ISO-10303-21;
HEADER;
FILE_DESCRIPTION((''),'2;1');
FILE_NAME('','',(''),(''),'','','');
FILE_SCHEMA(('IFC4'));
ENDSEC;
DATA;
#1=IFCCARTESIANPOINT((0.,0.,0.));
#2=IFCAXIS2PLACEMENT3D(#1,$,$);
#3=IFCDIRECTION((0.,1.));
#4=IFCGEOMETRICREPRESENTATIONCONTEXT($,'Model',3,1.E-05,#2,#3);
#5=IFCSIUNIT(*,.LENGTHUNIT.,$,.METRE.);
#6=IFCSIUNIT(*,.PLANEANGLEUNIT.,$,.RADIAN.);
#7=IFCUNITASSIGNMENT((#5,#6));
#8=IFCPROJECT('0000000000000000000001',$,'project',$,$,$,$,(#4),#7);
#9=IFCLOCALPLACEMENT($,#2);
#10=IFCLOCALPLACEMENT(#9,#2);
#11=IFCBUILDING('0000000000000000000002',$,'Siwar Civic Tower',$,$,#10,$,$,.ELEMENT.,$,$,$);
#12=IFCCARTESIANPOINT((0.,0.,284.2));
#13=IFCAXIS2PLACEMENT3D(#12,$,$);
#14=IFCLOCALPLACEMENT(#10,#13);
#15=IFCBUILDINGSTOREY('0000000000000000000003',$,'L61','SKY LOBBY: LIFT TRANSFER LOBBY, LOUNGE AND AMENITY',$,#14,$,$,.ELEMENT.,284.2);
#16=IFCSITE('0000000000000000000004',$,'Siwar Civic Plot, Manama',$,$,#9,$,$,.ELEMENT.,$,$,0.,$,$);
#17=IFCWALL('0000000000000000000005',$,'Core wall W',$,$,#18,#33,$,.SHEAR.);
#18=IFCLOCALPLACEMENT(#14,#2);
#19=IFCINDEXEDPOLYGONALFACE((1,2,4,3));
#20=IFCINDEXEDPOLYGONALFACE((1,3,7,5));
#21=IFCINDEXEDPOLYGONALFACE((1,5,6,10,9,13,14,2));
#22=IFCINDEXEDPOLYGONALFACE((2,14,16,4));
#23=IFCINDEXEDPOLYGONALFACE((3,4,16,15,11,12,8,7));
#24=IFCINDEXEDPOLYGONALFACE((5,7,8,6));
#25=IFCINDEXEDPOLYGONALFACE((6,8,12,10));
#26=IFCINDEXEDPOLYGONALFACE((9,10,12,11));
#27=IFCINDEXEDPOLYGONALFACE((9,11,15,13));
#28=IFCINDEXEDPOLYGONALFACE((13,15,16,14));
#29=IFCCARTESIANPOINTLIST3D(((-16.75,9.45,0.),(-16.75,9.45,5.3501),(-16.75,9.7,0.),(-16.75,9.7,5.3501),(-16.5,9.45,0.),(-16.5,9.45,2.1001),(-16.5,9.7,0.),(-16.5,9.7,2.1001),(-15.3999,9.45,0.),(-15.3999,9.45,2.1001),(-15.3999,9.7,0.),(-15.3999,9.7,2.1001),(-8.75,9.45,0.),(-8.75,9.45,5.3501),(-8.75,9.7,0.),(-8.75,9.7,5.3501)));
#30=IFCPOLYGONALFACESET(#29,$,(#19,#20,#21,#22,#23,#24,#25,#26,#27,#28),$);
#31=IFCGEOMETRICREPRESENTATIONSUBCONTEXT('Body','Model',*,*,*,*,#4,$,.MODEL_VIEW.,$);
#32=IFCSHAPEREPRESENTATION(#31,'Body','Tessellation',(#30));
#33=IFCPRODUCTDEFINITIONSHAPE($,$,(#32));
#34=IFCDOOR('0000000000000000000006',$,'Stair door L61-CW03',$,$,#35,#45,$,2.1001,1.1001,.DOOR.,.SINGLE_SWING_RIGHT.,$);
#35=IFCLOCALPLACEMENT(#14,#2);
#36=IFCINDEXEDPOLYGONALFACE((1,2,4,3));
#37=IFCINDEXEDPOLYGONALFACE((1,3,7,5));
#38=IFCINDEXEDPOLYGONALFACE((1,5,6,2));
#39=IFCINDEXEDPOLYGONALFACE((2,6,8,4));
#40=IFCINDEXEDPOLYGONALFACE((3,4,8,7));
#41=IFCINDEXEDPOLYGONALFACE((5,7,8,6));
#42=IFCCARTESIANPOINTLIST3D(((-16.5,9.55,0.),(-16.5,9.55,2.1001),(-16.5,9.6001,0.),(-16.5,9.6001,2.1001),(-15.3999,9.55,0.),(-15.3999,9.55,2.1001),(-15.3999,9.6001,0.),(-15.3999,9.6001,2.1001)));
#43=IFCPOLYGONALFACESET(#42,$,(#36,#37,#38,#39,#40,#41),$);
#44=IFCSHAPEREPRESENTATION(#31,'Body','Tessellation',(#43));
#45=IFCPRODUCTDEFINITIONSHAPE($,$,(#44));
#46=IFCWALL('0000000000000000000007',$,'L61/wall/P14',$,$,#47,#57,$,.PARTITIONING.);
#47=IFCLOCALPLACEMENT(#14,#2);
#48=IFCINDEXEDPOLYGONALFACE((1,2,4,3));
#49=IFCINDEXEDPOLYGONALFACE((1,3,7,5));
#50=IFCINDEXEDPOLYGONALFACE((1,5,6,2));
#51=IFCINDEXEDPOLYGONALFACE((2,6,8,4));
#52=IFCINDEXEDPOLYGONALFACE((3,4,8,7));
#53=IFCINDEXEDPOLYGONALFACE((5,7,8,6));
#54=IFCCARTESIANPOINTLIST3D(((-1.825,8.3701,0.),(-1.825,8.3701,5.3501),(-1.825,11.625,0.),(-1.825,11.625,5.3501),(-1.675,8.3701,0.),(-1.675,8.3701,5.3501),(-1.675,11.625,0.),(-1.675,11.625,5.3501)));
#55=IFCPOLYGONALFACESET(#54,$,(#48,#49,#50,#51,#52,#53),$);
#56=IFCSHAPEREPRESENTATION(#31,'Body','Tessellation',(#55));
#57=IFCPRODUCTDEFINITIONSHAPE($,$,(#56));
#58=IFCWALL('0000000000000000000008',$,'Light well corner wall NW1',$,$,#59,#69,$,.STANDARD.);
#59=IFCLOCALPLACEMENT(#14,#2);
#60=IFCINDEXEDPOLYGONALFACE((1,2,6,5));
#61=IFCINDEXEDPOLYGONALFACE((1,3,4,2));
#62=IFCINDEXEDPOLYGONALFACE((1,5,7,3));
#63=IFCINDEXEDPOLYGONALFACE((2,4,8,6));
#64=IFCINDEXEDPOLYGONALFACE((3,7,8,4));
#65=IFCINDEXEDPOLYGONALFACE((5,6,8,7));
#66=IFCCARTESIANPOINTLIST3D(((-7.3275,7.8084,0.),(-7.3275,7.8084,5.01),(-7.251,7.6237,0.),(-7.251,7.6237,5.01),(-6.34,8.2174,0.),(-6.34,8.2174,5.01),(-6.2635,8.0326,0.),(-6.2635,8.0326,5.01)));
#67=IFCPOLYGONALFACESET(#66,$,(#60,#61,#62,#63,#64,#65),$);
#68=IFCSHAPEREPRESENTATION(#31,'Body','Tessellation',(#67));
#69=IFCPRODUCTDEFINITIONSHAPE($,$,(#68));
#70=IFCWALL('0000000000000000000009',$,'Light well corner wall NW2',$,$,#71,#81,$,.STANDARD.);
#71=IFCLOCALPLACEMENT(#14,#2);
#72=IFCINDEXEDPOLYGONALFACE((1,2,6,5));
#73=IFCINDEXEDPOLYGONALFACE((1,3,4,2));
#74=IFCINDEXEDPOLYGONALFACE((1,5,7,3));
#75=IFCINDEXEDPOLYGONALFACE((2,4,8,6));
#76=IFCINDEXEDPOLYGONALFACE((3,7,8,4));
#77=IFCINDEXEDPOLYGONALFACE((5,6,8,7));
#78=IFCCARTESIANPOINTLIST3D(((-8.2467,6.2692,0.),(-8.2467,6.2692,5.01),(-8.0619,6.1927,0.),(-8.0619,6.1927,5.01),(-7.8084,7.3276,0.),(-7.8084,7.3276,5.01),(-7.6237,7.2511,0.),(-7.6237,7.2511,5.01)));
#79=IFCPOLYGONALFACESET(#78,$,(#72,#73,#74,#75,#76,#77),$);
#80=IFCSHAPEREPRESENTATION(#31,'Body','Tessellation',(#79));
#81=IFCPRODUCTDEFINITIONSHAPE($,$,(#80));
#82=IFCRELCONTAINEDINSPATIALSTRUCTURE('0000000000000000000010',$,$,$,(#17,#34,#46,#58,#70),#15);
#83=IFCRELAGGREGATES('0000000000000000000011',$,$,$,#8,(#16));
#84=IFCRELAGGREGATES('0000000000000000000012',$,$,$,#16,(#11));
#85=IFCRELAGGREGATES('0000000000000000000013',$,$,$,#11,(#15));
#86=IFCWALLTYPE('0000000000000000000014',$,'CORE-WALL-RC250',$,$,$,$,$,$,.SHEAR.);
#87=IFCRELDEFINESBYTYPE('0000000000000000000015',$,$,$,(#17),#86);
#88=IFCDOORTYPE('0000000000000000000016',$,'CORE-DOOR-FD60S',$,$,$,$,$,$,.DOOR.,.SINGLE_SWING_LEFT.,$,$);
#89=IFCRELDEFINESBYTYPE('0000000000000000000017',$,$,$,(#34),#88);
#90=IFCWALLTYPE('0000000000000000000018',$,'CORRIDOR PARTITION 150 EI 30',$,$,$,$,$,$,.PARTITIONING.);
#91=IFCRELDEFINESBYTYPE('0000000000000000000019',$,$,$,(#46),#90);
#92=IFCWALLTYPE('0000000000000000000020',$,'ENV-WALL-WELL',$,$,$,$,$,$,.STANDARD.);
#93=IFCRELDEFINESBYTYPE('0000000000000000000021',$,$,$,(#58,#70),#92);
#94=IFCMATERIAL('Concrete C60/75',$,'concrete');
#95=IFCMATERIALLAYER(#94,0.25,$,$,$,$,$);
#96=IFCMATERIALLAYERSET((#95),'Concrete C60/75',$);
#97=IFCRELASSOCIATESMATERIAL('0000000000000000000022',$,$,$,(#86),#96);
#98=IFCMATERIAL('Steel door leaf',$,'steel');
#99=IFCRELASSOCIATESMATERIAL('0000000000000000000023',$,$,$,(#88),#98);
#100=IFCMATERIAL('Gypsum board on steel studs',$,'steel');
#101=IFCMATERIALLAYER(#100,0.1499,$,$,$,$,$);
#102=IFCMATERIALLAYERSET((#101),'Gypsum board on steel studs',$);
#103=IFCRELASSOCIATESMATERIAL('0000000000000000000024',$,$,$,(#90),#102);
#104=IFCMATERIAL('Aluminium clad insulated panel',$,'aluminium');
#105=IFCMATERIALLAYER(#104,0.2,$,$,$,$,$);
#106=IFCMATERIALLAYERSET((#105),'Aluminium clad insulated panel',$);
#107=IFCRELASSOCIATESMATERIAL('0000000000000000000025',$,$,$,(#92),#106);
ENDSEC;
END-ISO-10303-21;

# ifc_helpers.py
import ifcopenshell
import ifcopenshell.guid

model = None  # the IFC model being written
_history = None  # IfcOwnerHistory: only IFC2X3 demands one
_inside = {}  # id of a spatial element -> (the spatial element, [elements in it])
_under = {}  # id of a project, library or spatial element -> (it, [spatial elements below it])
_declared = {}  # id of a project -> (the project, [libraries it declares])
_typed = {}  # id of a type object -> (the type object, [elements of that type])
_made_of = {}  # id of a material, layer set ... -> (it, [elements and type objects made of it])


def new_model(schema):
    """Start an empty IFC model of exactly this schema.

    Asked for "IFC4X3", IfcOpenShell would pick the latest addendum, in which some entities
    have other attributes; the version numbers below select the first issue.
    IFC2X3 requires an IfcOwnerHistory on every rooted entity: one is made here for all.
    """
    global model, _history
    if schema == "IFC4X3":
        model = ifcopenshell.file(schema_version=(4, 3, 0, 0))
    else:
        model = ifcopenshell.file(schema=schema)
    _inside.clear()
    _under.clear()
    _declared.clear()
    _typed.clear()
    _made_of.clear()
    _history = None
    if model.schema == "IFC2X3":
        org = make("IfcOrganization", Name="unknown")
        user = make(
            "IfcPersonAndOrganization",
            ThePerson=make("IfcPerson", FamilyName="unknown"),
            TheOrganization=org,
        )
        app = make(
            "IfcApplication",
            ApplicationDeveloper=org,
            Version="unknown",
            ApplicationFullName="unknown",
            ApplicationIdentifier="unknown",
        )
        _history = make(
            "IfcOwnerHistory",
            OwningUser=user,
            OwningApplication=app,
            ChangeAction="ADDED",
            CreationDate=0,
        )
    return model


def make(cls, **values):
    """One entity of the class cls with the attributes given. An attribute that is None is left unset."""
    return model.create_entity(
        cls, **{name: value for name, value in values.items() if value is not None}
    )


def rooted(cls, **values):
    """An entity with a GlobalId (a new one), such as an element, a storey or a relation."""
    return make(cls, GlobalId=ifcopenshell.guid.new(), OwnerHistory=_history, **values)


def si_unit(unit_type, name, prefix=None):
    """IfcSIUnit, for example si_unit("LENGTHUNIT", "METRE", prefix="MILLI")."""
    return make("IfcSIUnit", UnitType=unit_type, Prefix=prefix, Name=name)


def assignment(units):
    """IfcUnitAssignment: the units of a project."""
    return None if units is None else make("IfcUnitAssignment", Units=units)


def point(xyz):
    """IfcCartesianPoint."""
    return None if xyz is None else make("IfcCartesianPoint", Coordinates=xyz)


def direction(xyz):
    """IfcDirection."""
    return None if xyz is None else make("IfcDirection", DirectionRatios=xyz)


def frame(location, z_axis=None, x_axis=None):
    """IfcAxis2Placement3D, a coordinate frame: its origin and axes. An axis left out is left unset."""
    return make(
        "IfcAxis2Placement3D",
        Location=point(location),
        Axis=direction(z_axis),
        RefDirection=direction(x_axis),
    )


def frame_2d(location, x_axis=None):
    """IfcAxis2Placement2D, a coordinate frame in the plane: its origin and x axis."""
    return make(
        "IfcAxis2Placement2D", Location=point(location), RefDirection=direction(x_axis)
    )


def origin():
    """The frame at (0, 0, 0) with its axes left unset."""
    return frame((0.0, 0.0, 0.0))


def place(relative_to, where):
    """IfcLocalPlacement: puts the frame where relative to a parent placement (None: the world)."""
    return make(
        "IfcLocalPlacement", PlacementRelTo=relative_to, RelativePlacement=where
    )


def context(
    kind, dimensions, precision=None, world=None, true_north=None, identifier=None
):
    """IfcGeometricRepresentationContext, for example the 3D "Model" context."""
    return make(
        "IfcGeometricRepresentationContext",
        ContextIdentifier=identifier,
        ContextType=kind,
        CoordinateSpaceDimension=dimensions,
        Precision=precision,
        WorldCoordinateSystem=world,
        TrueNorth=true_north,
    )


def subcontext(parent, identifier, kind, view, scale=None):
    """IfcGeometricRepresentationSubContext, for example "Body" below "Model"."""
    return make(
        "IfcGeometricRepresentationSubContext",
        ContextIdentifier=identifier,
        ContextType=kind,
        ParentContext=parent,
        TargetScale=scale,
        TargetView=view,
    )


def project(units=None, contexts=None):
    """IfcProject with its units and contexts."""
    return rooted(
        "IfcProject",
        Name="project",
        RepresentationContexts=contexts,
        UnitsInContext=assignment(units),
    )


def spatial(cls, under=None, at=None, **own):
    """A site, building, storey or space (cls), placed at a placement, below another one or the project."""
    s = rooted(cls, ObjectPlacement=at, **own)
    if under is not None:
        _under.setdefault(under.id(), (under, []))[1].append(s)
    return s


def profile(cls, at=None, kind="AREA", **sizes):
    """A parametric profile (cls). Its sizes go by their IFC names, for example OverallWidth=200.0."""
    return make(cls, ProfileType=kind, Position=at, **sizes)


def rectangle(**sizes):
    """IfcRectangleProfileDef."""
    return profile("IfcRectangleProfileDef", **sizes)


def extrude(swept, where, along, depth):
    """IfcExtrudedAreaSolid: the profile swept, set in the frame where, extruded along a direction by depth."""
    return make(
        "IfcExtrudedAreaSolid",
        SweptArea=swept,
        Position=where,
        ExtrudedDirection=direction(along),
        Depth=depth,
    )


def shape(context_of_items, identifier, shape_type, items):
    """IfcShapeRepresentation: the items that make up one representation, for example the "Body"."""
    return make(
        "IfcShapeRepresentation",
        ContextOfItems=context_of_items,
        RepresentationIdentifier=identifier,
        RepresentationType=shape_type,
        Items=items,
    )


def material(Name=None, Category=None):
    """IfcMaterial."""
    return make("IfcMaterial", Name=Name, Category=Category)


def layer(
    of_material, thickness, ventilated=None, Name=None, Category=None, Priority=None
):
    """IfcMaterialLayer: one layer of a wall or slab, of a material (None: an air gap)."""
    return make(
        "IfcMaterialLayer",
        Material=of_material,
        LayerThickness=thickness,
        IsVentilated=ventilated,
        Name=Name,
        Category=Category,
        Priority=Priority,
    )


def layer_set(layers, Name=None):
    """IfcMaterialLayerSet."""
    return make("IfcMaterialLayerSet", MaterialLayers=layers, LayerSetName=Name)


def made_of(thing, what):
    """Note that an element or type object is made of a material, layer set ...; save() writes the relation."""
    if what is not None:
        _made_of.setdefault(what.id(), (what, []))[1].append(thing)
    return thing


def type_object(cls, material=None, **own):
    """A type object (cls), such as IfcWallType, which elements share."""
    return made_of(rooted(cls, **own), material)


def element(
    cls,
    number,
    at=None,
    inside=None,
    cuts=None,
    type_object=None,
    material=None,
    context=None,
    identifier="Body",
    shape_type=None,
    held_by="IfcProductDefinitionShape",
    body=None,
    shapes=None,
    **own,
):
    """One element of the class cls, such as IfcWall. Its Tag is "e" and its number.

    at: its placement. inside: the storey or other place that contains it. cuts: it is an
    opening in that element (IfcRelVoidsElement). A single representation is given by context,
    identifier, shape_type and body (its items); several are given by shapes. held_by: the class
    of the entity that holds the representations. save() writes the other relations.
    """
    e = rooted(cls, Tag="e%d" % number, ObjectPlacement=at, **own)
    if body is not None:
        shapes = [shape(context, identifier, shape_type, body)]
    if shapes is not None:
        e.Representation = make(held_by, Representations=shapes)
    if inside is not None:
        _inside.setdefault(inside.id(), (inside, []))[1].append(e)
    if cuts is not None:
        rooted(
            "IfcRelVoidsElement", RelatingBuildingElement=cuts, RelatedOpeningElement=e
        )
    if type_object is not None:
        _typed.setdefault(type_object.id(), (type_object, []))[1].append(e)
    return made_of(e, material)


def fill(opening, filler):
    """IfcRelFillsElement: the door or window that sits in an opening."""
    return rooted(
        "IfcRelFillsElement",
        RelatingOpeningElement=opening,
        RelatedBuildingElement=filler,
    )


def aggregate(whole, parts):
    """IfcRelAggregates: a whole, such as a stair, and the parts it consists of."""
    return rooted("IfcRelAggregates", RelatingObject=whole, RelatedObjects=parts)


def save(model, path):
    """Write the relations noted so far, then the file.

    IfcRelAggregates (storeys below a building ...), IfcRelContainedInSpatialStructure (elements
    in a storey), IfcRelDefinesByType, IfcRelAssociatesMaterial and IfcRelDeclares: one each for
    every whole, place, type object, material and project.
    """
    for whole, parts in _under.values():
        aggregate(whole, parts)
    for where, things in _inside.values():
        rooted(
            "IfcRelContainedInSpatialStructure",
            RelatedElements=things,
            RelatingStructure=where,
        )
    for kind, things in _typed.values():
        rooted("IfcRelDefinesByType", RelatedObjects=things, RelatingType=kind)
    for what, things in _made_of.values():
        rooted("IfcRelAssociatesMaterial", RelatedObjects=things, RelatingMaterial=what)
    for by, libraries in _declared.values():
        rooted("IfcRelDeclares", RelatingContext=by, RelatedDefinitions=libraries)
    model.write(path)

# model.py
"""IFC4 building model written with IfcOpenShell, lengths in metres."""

from ifc_helpers import new_model, si_unit, direction, frame, frame_2d, origin, place, context, subcontext, project, spatial, rectangle, extrude, material, layer, layer_set, type_object, element, fill, save


model = new_model("IFC4")

# Units and contexts
model_context = context("Model", 3, precision=1e-05, world=origin(), true_north=direction((0.0, 1.0)))
body_context = subcontext(model_context, "Body", "Model", "MODEL_VIEW")
ifc_project = project(units=[si_unit("LENGTHUNIT", "METRE"), si_unit("PLANEANGLEUNIT", "RADIAN")], contexts=[model_context])

# Site, building, storey
site_placement = place(None, origin())
site = spatial("IfcSite", under=ifc_project, at=site_placement, Name="Siwar Civic Plot, Manama", CompositionType="ELEMENT", RefElevation=0.0)
building_placement = place(site_placement, origin())
building = spatial("IfcBuilding", under=site, at=building_placement, Name="Siwar Civic Tower", CompositionType="ELEMENT")
storey_placement = place(building_placement, frame((0.0, 0.0, 284.2)))
storey = spatial("IfcBuildingStorey", under=building, at=storey_placement, Name="L61", Description="SKY LOBBY: LIFT TRANSFER LOBBY, LOUNGE AND AMENITY", CompositionType="ELEMENT", Elevation=284.2)

# Shared definitions
ifc_material_1 = material(Name="Concrete C60/75", Category="concrete")
ifc_layer_1 = layer(ifc_material_1, 0.25)
ifc_layer_set_1 = layer_set([ifc_layer_1], Name="Concrete C60/75")
wall_type_1 = type_object("IfcWallType", Name="CORE-WALL-RC250", PredefinedType="SHEAR", material=ifc_layer_set_1)

# Wall, opening, door
wall_1_placement = place(storey_placement, frame((-8.75, 9.575, 0.0), z_axis=(0.0, 0.0, 1.0), x_axis=(-1.0, 0.0, 0.0)))
wall_1 = element("IfcWall", 1, at=wall_1_placement, inside=storey, type_object=wall_type_1, Name="Core wall W", PredefinedType="SHEAR", context=body_context, shape_type="SweptSolid", body=[
    extrude(rectangle(XDim=8.0, YDim=0.25, at=frame_2d((4.0, 0.0))), origin(), (0.0, 0.0, 1.0), 5.3501),
])
opening_1_placement = place(wall_1_placement, frame((6.6499, 0.0, 0.0)))
opening_1 = element("IfcOpeningElement", 2, at=opening_1_placement, cuts=wall_1, PredefinedType="OPENING", context=body_context, shape_type="SweptSolid", body=[
    extrude(rectangle(XDim=1.1001, YDim=2.1001, at=frame_2d((0.55, 1.05))), frame((0.0, 0.135, 0.0), z_axis=(0.0, -1.0, 0.0), x_axis=(1.0, 0.0, 0.0)), (0.0, 0.0, 1.0), 0.27),
])
ifc_material_2 = material(Name="Steel door leaf", Category="steel")
door_type_1 = type_object("IfcDoorType", Name="CORE-DOOR-FD60S", OperationType="SINGLE_SWING_LEFT", PredefinedType="DOOR", material=ifc_material_2)
door_1_placement = place(opening_1_placement, origin())
door_1 = element("IfcDoor", 3, at=door_1_placement, inside=storey, type_object=door_type_1, Name="Stair door L61-CW03", OperationType="SINGLE_SWING_RIGHT", OverallHeight=2.1001, OverallWidth=1.1001, PredefinedType="DOOR", context=body_context, shape_type="SweptSolid", body=[
    extrude(rectangle(XDim=1.1001, YDim=2.1001, at=frame_2d((0.55, 1.05))), frame((0.0, 0.0249, 0.0), z_axis=(0.0, -1.0, 0.0), x_axis=(1.0, 0.0, 0.0)), (0.0, 0.0, 1.0), 0.05),
])
fill(opening_1, door_1)

# Walls
ifc_material_3 = material(Name="Gypsum board on steel studs", Category="steel")
ifc_layer_2 = layer(ifc_material_3, 0.1499)
ifc_layer_set_2 = layer_set([ifc_layer_2], Name="Gypsum board on steel studs")
wall_type_2 = type_object("IfcWallType", Name="CORRIDOR PARTITION 150 EI 30", PredefinedType="PARTITIONING", material=ifc_layer_set_2)
wall_2_placement = place(storey_placement, frame((-1.75, 8.3701, 0.0), z_axis=(0.0, 0.0, 1.0), x_axis=(0.0, 1.0, 0.0)))
element("IfcWall", 4, at=wall_2_placement, inside=storey, type_object=wall_type_2, Name="L61/wall/P14", PredefinedType="PARTITIONING", context=body_context, shape_type="SweptSolid", body=[
    extrude(rectangle(XDim=3.2549, YDim=0.1499, at=frame_2d((1.6274, 0.0))), origin(), (0.0, 0.0, 1.0), 5.3501),
])
ifc_material_4 = material(Name="Aluminium clad insulated panel", Category="aluminium")
ifc_layer_3 = layer(ifc_material_4, 0.2)
ifc_layer_set_3 = layer_set([ifc_layer_3], Name="Aluminium clad insulated panel")
wall_type_3 = type_object("IfcWallType", Name="ENV-WALL-WELL", PredefinedType="STANDARD", material=ifc_layer_set_3)
wall_3_placement = place(storey_placement, frame((-6.3018, 8.125, 0.0), z_axis=(0.0, 0.0, 1.0), x_axis=(-0.923919, -0.382587, 0.0)))
element("IfcWall", 5, at=wall_3_placement, inside=storey, type_object=wall_type_3, Name="Light well corner wall NW1", PredefinedType="STANDARD", context=body_context, shape_type="SweptSolid", body=[
    extrude(rectangle(XDim=1.0688, YDim=0.2, at=frame_2d((0.5344, 0.0))), origin(), (0.0, 0.0, 1.0), 5.01),
])
wall_4_placement = place(storey_placement, frame((-7.7161, 7.2893, 0.0), z_axis=(0.0, 0.0, 1.0), x_axis=(-0.382571, -0.923926, 0.0)))
element("IfcWall", 6, at=wall_4_placement, inside=storey, type_object=wall_type_3, Name="Light well corner wall NW2", PredefinedType="STANDARD", context=body_context, shape_type="SweptSolid", body=[
    extrude(rectangle(XDim=1.1455, YDim=0.2, at=frame_2d((0.5728, 0.0))), origin(), (0.0, 0.0, 1.0), 5.01),
])

save(model, "model.ifc")
